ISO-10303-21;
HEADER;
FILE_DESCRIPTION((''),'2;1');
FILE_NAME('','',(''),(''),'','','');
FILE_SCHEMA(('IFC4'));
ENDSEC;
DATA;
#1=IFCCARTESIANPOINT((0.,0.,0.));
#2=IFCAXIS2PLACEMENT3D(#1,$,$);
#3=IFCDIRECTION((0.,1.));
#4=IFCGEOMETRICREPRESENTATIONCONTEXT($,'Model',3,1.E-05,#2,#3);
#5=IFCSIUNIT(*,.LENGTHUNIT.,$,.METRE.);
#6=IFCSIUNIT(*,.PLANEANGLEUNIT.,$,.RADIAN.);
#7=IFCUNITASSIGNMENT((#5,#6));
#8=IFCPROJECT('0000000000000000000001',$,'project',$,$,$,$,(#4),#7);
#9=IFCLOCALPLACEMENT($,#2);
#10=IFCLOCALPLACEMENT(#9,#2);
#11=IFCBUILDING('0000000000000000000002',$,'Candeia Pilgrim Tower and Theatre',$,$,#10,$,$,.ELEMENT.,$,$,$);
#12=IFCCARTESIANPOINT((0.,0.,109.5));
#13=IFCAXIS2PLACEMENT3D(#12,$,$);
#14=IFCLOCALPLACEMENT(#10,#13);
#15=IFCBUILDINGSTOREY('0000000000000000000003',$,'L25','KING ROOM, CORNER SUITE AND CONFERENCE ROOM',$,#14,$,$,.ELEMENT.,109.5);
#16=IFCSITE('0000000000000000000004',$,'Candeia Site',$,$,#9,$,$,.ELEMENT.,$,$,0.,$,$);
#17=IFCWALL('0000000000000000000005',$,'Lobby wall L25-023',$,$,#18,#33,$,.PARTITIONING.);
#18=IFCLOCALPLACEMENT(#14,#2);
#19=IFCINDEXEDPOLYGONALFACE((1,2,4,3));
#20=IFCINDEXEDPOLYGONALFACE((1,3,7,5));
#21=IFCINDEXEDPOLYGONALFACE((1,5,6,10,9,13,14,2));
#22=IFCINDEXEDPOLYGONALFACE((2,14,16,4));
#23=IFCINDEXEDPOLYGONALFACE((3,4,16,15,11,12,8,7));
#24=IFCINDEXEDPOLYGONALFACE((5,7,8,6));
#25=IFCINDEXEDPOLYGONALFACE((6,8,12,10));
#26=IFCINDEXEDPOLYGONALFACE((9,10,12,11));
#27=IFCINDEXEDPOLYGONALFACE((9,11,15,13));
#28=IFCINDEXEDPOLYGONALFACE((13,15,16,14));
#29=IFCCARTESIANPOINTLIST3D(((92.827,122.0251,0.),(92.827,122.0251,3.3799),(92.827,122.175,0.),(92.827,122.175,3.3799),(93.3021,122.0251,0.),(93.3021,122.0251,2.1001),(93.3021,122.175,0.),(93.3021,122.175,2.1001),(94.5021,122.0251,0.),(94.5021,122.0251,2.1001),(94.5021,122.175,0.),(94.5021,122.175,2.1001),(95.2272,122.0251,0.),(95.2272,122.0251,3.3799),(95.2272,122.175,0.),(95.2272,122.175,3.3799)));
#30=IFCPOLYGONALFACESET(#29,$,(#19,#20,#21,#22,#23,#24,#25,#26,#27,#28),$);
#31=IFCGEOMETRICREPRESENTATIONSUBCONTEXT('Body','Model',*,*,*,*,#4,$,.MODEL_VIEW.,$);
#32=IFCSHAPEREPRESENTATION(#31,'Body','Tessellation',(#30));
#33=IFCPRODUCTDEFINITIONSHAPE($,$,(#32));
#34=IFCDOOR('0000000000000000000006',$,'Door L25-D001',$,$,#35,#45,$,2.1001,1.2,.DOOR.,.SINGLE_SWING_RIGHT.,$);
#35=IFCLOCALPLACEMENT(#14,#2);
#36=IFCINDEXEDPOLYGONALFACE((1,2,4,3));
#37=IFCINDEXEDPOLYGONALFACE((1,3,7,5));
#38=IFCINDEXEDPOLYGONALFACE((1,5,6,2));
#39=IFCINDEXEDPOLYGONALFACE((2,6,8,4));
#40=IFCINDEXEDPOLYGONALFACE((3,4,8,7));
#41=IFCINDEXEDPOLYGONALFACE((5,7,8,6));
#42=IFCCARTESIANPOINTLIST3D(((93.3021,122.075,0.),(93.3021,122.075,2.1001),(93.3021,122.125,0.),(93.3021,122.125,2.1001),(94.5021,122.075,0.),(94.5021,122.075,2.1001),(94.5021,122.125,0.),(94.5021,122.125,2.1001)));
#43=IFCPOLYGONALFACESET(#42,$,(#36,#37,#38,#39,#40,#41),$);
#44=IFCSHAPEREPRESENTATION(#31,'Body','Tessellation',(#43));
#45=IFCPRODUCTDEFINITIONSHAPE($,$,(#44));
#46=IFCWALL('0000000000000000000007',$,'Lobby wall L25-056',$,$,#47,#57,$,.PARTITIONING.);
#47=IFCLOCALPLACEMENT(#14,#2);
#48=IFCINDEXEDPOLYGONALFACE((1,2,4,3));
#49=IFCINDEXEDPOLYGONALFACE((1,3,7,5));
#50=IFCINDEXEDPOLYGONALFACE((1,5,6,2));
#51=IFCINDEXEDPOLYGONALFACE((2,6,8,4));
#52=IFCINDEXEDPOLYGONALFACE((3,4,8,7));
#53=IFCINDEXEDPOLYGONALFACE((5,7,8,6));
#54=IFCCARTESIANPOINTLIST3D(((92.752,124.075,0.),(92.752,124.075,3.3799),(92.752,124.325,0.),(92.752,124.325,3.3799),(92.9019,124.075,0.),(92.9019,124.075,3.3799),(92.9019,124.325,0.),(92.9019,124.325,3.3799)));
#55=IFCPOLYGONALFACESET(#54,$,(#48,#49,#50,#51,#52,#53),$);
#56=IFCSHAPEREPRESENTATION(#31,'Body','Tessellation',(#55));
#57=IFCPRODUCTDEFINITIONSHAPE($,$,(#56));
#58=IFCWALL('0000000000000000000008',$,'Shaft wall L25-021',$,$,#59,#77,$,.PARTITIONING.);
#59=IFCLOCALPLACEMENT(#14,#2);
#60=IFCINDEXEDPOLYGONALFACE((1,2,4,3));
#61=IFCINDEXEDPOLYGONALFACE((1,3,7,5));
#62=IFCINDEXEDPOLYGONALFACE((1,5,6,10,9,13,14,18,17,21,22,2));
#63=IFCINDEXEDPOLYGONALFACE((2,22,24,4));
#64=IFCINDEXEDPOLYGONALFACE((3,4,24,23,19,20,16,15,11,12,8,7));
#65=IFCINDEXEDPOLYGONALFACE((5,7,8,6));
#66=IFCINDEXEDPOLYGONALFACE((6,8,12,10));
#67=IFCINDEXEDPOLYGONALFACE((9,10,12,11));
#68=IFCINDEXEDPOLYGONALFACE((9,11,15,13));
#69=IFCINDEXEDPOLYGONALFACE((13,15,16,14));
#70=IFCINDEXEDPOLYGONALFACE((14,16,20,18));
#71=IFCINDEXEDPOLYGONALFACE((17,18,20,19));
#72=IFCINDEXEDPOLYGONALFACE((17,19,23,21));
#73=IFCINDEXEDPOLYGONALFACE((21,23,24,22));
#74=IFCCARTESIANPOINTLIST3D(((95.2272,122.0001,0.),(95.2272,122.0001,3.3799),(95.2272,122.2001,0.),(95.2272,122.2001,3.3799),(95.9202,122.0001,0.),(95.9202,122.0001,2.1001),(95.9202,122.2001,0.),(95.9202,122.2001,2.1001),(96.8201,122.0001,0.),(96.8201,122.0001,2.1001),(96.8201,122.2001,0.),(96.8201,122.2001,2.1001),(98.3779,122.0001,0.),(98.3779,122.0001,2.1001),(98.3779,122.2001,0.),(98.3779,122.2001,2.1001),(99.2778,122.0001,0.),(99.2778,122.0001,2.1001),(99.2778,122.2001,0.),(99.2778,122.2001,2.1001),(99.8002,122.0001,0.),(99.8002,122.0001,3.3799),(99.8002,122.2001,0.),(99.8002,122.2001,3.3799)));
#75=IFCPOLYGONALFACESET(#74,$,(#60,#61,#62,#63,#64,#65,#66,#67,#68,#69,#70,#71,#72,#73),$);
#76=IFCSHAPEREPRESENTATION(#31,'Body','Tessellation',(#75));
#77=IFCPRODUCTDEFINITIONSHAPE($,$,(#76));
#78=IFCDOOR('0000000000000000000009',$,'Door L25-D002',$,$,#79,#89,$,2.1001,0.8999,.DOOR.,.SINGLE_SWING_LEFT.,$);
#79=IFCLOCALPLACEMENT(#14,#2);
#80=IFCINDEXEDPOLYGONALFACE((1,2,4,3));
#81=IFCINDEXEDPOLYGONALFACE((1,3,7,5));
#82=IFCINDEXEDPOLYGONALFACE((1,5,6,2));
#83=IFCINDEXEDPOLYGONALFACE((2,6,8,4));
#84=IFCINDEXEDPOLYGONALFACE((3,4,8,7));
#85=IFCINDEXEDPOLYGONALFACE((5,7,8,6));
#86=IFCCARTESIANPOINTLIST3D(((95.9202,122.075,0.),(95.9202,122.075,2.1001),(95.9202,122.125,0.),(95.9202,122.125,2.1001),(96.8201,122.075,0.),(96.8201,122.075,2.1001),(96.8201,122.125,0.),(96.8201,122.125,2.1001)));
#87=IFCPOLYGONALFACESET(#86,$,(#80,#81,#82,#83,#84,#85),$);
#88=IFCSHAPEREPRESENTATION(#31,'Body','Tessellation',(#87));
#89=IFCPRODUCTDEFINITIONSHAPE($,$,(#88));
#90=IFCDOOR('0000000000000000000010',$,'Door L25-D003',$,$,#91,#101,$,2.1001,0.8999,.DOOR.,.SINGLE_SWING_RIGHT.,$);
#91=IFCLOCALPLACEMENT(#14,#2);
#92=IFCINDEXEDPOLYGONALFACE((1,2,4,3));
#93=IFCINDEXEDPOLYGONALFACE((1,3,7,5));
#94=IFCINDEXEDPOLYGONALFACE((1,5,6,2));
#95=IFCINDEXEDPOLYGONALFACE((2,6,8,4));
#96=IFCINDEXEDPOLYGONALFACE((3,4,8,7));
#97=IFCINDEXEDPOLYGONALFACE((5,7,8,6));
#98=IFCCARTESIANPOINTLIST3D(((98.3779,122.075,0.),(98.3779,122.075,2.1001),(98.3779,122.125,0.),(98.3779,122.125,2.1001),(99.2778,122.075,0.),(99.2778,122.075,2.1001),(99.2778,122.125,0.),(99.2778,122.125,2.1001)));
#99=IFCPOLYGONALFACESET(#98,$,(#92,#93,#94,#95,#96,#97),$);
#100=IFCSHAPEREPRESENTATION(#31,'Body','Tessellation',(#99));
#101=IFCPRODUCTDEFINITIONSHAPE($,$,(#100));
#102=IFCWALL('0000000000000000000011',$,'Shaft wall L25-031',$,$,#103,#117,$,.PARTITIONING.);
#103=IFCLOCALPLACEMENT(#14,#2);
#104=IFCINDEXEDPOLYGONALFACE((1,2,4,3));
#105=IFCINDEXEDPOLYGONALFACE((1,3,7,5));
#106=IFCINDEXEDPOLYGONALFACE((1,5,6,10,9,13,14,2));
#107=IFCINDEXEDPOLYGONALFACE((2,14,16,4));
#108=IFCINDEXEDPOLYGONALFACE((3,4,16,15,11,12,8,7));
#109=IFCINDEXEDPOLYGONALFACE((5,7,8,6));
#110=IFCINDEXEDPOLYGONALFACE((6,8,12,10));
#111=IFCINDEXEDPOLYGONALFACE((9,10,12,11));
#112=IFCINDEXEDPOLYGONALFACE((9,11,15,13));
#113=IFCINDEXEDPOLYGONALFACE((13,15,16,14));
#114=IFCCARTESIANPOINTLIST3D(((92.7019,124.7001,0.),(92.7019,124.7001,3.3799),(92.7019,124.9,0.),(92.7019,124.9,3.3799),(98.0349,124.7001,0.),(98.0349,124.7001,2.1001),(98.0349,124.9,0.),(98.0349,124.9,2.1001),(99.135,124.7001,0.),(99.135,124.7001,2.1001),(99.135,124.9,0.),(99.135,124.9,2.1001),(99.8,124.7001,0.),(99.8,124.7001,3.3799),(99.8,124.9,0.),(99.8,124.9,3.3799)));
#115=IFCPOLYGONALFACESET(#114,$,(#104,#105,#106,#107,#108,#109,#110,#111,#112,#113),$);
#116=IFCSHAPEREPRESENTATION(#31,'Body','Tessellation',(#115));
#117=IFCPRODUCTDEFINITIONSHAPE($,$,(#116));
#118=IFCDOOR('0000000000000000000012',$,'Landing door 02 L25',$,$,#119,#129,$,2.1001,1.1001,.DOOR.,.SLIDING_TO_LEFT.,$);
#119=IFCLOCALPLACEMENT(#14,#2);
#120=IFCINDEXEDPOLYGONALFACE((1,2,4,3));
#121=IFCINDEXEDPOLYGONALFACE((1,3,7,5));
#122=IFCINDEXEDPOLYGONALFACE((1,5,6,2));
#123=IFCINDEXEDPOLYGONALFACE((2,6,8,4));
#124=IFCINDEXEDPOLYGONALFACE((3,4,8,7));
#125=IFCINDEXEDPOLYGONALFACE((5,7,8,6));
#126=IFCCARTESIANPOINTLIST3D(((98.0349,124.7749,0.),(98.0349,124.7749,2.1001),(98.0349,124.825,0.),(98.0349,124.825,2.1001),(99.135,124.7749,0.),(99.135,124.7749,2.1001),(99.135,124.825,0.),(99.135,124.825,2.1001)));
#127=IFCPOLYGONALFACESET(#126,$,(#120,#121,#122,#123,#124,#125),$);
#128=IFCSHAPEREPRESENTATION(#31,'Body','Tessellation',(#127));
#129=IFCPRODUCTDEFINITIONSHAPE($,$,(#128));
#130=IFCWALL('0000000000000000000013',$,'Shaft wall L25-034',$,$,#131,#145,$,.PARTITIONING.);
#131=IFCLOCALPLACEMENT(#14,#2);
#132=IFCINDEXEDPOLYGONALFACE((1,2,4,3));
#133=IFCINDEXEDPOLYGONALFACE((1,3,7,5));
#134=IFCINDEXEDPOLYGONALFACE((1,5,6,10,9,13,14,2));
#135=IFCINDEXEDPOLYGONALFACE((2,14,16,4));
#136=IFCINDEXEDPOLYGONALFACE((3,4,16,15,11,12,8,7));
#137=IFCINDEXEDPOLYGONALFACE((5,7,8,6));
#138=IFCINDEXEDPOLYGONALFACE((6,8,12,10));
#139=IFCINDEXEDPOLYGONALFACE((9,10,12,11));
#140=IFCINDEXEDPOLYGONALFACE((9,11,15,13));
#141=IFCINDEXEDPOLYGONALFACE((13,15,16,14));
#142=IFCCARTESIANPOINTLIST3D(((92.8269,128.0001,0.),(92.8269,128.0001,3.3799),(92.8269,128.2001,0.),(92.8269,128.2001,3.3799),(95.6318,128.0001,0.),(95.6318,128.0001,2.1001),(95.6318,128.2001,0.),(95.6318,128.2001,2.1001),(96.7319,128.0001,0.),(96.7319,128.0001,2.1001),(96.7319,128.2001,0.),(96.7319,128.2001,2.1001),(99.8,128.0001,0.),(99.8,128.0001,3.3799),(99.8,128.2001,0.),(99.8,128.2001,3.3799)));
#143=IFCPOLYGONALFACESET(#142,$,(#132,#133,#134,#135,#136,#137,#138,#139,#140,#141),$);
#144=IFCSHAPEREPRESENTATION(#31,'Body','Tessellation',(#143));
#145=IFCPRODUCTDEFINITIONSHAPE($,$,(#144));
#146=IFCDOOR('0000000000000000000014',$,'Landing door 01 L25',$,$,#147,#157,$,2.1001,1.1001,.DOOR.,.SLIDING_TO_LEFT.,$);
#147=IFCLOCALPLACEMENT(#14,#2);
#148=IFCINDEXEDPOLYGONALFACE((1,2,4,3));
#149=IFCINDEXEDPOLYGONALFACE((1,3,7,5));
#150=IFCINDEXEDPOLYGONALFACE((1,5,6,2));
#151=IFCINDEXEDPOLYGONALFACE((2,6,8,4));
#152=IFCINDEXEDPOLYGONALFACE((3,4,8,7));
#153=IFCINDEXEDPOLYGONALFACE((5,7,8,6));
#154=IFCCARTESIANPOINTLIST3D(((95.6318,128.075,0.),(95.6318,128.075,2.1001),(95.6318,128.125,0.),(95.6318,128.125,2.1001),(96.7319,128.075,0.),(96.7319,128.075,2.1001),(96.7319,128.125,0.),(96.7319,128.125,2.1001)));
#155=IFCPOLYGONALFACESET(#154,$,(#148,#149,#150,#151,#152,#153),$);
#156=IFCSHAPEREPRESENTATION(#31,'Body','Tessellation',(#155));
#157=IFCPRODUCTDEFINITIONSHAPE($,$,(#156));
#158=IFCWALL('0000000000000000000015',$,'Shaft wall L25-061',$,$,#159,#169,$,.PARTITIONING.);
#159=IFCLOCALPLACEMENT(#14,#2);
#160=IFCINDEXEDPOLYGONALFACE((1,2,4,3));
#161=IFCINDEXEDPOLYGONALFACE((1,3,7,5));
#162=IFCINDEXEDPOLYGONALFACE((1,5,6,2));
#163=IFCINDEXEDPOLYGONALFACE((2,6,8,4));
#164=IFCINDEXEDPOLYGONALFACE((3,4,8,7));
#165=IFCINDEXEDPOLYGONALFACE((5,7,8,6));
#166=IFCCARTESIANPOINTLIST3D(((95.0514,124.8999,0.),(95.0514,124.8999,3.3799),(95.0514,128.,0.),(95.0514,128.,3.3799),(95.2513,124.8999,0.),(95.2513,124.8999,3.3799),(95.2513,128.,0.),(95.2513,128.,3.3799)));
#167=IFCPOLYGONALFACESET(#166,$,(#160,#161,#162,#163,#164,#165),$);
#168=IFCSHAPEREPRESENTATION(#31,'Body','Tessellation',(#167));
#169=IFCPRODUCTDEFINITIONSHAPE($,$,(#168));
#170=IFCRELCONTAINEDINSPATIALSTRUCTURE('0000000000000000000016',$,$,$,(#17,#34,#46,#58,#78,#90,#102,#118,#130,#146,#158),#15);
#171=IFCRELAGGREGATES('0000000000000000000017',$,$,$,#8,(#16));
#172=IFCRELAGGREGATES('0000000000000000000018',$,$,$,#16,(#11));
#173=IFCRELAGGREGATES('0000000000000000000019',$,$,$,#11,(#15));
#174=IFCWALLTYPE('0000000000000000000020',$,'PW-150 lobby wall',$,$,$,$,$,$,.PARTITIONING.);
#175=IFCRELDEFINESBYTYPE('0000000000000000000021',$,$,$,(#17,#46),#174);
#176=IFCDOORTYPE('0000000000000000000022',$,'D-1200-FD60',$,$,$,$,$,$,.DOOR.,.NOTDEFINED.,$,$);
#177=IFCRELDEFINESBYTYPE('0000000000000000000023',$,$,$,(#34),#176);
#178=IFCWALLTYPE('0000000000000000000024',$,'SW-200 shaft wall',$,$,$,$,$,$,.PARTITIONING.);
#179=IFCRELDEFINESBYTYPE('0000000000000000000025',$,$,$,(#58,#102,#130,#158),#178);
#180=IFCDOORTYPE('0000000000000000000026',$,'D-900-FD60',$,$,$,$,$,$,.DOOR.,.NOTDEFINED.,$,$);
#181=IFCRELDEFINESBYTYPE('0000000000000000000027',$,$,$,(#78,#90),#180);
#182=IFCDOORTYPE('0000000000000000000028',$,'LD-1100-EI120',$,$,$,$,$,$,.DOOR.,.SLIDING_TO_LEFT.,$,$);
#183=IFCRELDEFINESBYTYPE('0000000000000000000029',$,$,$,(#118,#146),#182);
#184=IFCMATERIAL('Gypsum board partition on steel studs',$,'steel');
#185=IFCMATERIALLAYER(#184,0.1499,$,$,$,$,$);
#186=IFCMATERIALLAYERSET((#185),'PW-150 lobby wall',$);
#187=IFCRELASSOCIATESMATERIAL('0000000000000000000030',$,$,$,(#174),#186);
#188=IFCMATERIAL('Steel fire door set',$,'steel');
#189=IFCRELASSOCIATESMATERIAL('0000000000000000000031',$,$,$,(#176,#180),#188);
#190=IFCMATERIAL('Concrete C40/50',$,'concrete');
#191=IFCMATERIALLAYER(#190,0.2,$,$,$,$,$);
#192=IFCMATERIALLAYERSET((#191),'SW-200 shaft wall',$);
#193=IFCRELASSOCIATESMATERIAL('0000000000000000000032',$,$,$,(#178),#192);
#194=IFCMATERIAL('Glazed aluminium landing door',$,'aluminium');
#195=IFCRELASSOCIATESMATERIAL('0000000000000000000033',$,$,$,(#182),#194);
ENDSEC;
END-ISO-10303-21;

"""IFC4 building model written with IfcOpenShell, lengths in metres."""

from ifc_helpers import new_model, si_unit, direction, frame, frame_2d, origin, place, context, subcontext, project, spatial, rectangle, extrude, material, layer, layer_set, type_object, element, fill, save


model = new_model("IFC4")

# Units and contexts
model_context = context("Model", 3, precision=1e-05, world=origin(), true_north=direction((0.0, 1.0)))
body_context = subcontext(model_context, "Body", "Model", "MODEL_VIEW")
ifc_project = project(units=[si_unit("LENGTHUNIT", "METRE"), si_unit("PLANEANGLEUNIT", "RADIAN")], contexts=[model_context])

# Site, building, storey
site_placement = place(None, origin())
site = spatial("IfcSite", under=ifc_project, at=site_placement, Name="Candeia Site", CompositionType="ELEMENT", RefElevation=0.0)
building_placement = place(site_placement, origin())
building = spatial("IfcBuilding", under=site, at=building_placement, Name="Candeia Pilgrim Tower and Theatre", CompositionType="ELEMENT")
storey_placement = place(building_placement, frame((0.0, 0.0, 109.5)))
storey = spatial("IfcBuildingStorey", under=building, at=storey_placement, Name="L25", Description="KING ROOM, CORNER SUITE AND CONFERENCE ROOM", CompositionType="ELEMENT", Elevation=109.5)

# Wall, opening, door
ifc_material_1 = material(Name="Gypsum board partition on steel studs", Category="steel")
ifc_layer_1 = layer(ifc_material_1, 0.1499)
ifc_layer_set_1 = layer_set([ifc_layer_1], Name="PW-150 lobby wall")
wall_type_1 = type_object("IfcWallType", Name="PW-150 lobby wall", PredefinedType="PARTITIONING", material=ifc_layer_set_1)
wall_1_placement = place(storey_placement, frame((92.8269, 122.1001, 0.0), z_axis=(0.0, 0.0, 1.0), x_axis=(1.0, 0.0, 0.0)))
wall_1 = element("IfcWall", 1, at=wall_1_placement, inside=storey, type_object=wall_type_1, Name="Lobby wall L25-023", PredefinedType="PARTITIONING", context=body_context, shape_type="SweptSolid", body=[
    extrude(rectangle(XDim=2.4001, YDim=0.1499, at=frame_2d((1.2002, 0.0))), origin(), (0.0, 0.0, 1.0), 3.3799),
])
opening_1_placement = place(wall_1_placement, frame((0.4751, 0.0, 0.0)))
opening_1 = element("IfcOpeningElement", 2, at=opening_1_placement, cuts=wall_1, PredefinedType="OPENING", context=body_context, shape_type="SweptSolid", body=[
    extrude(rectangle(XDim=1.2, YDim=2.1001, at=frame_2d((0.6001, 1.05))), frame((0.0, 0.085, 0.0), z_axis=(0.0, -1.0, 0.0), x_axis=(1.0, 0.0, 0.0)), (0.0, 0.0, 1.0), 0.1699),
])
ifc_material_2 = material(Name="Steel fire door set", Category="steel")
door_type_1 = type_object("IfcDoorType", Name="D-1200-FD60", OperationType="NOTDEFINED", PredefinedType="DOOR", material=ifc_material_2)
door_1_placement = place(opening_1_placement, origin())
door_1 = element("IfcDoor", 3, at=door_1_placement, inside=storey, type_object=door_type_1, Name="Door L25-D001", OperationType="SINGLE_SWING_RIGHT", OverallHeight=2.1001, OverallWidth=1.2, PredefinedType="DOOR", context=body_context, shape_type="SweptSolid", body=[
    extrude(rectangle(XDim=1.2, YDim=2.1001, at=frame_2d((0.6001, 1.05))), frame((0.0, 0.0249, 0.0), z_axis=(0.0, -1.0, 0.0), x_axis=(1.0, 0.0, 0.0)), (0.0, 0.0, 1.0), 0.05),
])
fill(opening_1, door_1)

# Wall
wall_2_placement = place(storey_placement, frame((92.8269, 124.075, 0.0), z_axis=(0.0, 0.0, 1.0), x_axis=(0.0, 1.0, 0.0)))
element("IfcWall", 4, at=wall_2_placement, inside=storey, type_object=wall_type_1, Name="Lobby wall L25-056", PredefinedType="PARTITIONING", context=body_context, shape_type="SweptSolid", body=[
    extrude(rectangle(XDim=0.25, YDim=0.1499, at=frame_2d((0.125, 0.0))), origin(), (0.0, 0.0, 1.0), 3.3799),
])

# Wall, openings, doors
ifc_material_3 = material(Name="Concrete C40/50", Category="concrete")
ifc_layer_2 = layer(ifc_material_3, 0.2)
ifc_layer_set_2 = layer_set([ifc_layer_2], Name="SW-200 shaft wall")
wall_type_2 = type_object("IfcWallType", Name="SW-200 shaft wall", PredefinedType="PARTITIONING", material=ifc_layer_set_2)
wall_3_placement = place(storey_placement, frame((95.2271, 122.1001, 0.0), z_axis=(0.0, 0.0, 1.0), x_axis=(1.0, 0.0, 0.0)))
wall_3 = element("IfcWall", 5, at=wall_3_placement, inside=storey, type_object=wall_type_2, Name="Shaft wall L25-021", PredefinedType="PARTITIONING", context=body_context, shape_type="SweptSolid", body=[
    extrude(rectangle(XDim=4.573, YDim=0.2, at=frame_2d((2.2866, 0.0))), origin(), (0.0, 0.0, 1.0), 3.3799),
])
opening_2_placement = place(wall_3_placement, frame((0.6931, 0.0, 0.0)))
opening_2 = element("IfcOpeningElement", 6, at=opening_2_placement, cuts=wall_3, PredefinedType="OPENING", context=body_context, shape_type="SweptSolid", body=[
    extrude(rectangle(XDim=0.8999, YDim=2.1001, at=frame_2d((0.45, 1.05))), frame((0.0, 0.1099, 0.0), z_axis=(0.0, -1.0, 0.0), x_axis=(1.0, 0.0, 0.0)), (0.0, 0.0, 1.0), 0.22),
])
opening_3_placement = place(wall_3_placement, frame((3.1509, 0.0, 0.0)))
opening_3 = element("IfcOpeningElement", 7, at=opening_3_placement, cuts=wall_3, PredefinedType="OPENING", context=body_context, shape_type="SweptSolid", body=[
    extrude(rectangle(XDim=0.8999, YDim=2.1001, at=frame_2d((0.45, 1.05))), frame((0.0, 0.1099, 0.0), z_axis=(0.0, -1.0, 0.0), x_axis=(1.0, 0.0, 0.0)), (0.0, 0.0, 1.0), 0.22),
])
door_type_2 = type_object("IfcDoorType", Name="D-900-FD60", OperationType="NOTDEFINED", PredefinedType="DOOR", material=ifc_material_2)
door_2_placement = place(opening_2_placement, origin())
door_2 = element("IfcDoor", 8, at=door_2_placement, inside=storey, type_object=door_type_2, Name="Door L25-D002", OperationType="SINGLE_SWING_LEFT", OverallHeight=2.1001, OverallWidth=0.8999, PredefinedType="DOOR", context=body_context, shape_type="SweptSolid", body=[
    extrude(rectangle(XDim=0.8999, YDim=2.1001, at=frame_2d((0.45, 1.05))), frame((0.0, 0.0249, 0.0), z_axis=(0.0, -1.0, 0.0), x_axis=(1.0, 0.0, 0.0)), (0.0, 0.0, 1.0), 0.05),
])
fill(opening_2, door_2)
door_3_placement = place(opening_3_placement, origin())
door_3 = element("IfcDoor", 9, at=door_3_placement, inside=storey, type_object=door_type_2, Name="Door L25-D003", OperationType="SINGLE_SWING_RIGHT", OverallHeight=2.1001, OverallWidth=0.8999, PredefinedType="DOOR", context=body_context, shape_type="SweptSolid", body=[
    extrude(rectangle(XDim=0.8999, YDim=2.1001, at=frame_2d((0.45, 1.05))), frame((0.0, 0.0249, 0.0), z_axis=(0.0, -1.0, 0.0), x_axis=(1.0, 0.0, 0.0)), (0.0, 0.0, 1.0), 0.05),
])
fill(opening_3, door_3)

# Walls, openings, doors
wall_4_placement = place(storey_placement, frame((92.7019, 124.8, 0.0), z_axis=(0.0, 0.0, 1.0), x_axis=(1.0, 0.0, 0.0)))
wall_4 = element("IfcWall", 10, at=wall_4_placement, inside=storey, type_object=wall_type_2, Name="Shaft wall L25-031", PredefinedType="PARTITIONING", context=body_context, shape_type="SweptSolid", body=[
    extrude(rectangle(XDim=7.0981, YDim=0.2, at=frame_2d((3.5491, 0.0))), origin(), (0.0, 0.0, 1.0), 3.3799),
])
opening_4_placement = place(wall_4_placement, frame((5.333, 0.0, 0.0)))
opening_4 = element("IfcOpeningElement", 11, at=opening_4_placement, cuts=wall_4, PredefinedType="OPENING", context=body_context, shape_type="SweptSolid", body=[
    extrude(rectangle(XDim=1.1001, YDim=2.1001, at=frame_2d((0.55, 1.05))), frame((0.0, 0.1099, 0.0), z_axis=(0.0, -1.0, 0.0), x_axis=(1.0, 0.0, 0.0)), (0.0, 0.0, 1.0), 0.22),
])
ifc_material_4 = material(Name="Glazed aluminium landing door", Category="aluminium")
door_type_3 = type_object("IfcDoorType", Name="LD-1100-EI120", OperationType="SLIDING_TO_LEFT", PredefinedType="DOOR", material=ifc_material_4)
door_4_placement = place(opening_4_placement, origin())
door_4 = element("IfcDoor", 12, at=door_4_placement, inside=storey, type_object=door_type_3, Name="Landing door 02 L25", OperationType="SLIDING_TO_LEFT", OverallHeight=2.1001, OverallWidth=1.1001, PredefinedType="DOOR", context=body_context, shape_type="SweptSolid", body=[
    extrude(rectangle(XDim=1.1001, YDim=2.1001, at=frame_2d((0.55, 1.05))), frame((0.0, 0.0249, 0.0), z_axis=(0.0, -1.0, 0.0), x_axis=(1.0, 0.0, 0.0)), (0.0, 0.0, 1.0), 0.05),
])
fill(opening_4, door_4)
wall_5_placement = place(storey_placement, frame((92.8269, 128.1001, 0.0), z_axis=(0.0, 0.0, 1.0), x_axis=(1.0, 0.0, 0.0)))
wall_5 = element("IfcWall", 13, at=wall_5_placement, inside=storey, type_object=wall_type_2, Name="Shaft wall L25-034", PredefinedType="PARTITIONING", context=body_context, shape_type="SweptSolid", body=[
    extrude(rectangle(XDim=6.9731, YDim=0.2, at=frame_2d((3.4866, 0.0))), origin(), (0.0, 0.0, 1.0), 3.3799),
])
opening_5_placement = place(wall_5_placement, frame((2.8049, 0.0, 0.0)))
opening_5 = element("IfcOpeningElement", 14, at=opening_5_placement, cuts=wall_5, PredefinedType="OPENING", context=body_context, shape_type="SweptSolid", body=[
    extrude(rectangle(XDim=1.1001, YDim=2.1001, at=frame_2d((0.55, 1.05))), frame((0.0, 0.1099, 0.0), z_axis=(0.0, -1.0, 0.0), x_axis=(1.0, 0.0, 0.0)), (0.0, 0.0, 1.0), 0.22),
])
door_5_placement = place(opening_5_placement, origin())
door_5 = element("IfcDoor", 15, at=door_5_placement, inside=storey, type_object=door_type_3, Name="Landing door 01 L25", OperationType="SLIDING_TO_LEFT", OverallHeight=2.1001, OverallWidth=1.1001, PredefinedType="DOOR", context=body_context, shape_type="SweptSolid", body=[
    extrude(rectangle(XDim=1.1001, YDim=2.1001, at=frame_2d((0.55, 1.05))), frame((0.0, 0.0249, 0.0), z_axis=(0.0, -1.0, 0.0), x_axis=(1.0, 0.0, 0.0)), (0.0, 0.0, 1.0), 0.05),
])
fill(opening_5, door_5)

# Wall
wall_6_placement = place(storey_placement, frame((95.1514, 124.8999, 0.0), z_axis=(0.0, 0.0, 1.0), x_axis=(0.0, 1.0, 0.0)))
element("IfcWall", 16, at=wall_6_placement, inside=storey, type_object=wall_type_2, Name="Shaft wall L25-061", PredefinedType="PARTITIONING", context=body_context, shape_type="SweptSolid", body=[
    extrude(rectangle(XDim=3.1001, YDim=0.2, at=frame_2d((1.55, 0.0))), origin(), (0.0, 0.0, 1.0), 3.3799),
])

save(model, "model.ifc")
